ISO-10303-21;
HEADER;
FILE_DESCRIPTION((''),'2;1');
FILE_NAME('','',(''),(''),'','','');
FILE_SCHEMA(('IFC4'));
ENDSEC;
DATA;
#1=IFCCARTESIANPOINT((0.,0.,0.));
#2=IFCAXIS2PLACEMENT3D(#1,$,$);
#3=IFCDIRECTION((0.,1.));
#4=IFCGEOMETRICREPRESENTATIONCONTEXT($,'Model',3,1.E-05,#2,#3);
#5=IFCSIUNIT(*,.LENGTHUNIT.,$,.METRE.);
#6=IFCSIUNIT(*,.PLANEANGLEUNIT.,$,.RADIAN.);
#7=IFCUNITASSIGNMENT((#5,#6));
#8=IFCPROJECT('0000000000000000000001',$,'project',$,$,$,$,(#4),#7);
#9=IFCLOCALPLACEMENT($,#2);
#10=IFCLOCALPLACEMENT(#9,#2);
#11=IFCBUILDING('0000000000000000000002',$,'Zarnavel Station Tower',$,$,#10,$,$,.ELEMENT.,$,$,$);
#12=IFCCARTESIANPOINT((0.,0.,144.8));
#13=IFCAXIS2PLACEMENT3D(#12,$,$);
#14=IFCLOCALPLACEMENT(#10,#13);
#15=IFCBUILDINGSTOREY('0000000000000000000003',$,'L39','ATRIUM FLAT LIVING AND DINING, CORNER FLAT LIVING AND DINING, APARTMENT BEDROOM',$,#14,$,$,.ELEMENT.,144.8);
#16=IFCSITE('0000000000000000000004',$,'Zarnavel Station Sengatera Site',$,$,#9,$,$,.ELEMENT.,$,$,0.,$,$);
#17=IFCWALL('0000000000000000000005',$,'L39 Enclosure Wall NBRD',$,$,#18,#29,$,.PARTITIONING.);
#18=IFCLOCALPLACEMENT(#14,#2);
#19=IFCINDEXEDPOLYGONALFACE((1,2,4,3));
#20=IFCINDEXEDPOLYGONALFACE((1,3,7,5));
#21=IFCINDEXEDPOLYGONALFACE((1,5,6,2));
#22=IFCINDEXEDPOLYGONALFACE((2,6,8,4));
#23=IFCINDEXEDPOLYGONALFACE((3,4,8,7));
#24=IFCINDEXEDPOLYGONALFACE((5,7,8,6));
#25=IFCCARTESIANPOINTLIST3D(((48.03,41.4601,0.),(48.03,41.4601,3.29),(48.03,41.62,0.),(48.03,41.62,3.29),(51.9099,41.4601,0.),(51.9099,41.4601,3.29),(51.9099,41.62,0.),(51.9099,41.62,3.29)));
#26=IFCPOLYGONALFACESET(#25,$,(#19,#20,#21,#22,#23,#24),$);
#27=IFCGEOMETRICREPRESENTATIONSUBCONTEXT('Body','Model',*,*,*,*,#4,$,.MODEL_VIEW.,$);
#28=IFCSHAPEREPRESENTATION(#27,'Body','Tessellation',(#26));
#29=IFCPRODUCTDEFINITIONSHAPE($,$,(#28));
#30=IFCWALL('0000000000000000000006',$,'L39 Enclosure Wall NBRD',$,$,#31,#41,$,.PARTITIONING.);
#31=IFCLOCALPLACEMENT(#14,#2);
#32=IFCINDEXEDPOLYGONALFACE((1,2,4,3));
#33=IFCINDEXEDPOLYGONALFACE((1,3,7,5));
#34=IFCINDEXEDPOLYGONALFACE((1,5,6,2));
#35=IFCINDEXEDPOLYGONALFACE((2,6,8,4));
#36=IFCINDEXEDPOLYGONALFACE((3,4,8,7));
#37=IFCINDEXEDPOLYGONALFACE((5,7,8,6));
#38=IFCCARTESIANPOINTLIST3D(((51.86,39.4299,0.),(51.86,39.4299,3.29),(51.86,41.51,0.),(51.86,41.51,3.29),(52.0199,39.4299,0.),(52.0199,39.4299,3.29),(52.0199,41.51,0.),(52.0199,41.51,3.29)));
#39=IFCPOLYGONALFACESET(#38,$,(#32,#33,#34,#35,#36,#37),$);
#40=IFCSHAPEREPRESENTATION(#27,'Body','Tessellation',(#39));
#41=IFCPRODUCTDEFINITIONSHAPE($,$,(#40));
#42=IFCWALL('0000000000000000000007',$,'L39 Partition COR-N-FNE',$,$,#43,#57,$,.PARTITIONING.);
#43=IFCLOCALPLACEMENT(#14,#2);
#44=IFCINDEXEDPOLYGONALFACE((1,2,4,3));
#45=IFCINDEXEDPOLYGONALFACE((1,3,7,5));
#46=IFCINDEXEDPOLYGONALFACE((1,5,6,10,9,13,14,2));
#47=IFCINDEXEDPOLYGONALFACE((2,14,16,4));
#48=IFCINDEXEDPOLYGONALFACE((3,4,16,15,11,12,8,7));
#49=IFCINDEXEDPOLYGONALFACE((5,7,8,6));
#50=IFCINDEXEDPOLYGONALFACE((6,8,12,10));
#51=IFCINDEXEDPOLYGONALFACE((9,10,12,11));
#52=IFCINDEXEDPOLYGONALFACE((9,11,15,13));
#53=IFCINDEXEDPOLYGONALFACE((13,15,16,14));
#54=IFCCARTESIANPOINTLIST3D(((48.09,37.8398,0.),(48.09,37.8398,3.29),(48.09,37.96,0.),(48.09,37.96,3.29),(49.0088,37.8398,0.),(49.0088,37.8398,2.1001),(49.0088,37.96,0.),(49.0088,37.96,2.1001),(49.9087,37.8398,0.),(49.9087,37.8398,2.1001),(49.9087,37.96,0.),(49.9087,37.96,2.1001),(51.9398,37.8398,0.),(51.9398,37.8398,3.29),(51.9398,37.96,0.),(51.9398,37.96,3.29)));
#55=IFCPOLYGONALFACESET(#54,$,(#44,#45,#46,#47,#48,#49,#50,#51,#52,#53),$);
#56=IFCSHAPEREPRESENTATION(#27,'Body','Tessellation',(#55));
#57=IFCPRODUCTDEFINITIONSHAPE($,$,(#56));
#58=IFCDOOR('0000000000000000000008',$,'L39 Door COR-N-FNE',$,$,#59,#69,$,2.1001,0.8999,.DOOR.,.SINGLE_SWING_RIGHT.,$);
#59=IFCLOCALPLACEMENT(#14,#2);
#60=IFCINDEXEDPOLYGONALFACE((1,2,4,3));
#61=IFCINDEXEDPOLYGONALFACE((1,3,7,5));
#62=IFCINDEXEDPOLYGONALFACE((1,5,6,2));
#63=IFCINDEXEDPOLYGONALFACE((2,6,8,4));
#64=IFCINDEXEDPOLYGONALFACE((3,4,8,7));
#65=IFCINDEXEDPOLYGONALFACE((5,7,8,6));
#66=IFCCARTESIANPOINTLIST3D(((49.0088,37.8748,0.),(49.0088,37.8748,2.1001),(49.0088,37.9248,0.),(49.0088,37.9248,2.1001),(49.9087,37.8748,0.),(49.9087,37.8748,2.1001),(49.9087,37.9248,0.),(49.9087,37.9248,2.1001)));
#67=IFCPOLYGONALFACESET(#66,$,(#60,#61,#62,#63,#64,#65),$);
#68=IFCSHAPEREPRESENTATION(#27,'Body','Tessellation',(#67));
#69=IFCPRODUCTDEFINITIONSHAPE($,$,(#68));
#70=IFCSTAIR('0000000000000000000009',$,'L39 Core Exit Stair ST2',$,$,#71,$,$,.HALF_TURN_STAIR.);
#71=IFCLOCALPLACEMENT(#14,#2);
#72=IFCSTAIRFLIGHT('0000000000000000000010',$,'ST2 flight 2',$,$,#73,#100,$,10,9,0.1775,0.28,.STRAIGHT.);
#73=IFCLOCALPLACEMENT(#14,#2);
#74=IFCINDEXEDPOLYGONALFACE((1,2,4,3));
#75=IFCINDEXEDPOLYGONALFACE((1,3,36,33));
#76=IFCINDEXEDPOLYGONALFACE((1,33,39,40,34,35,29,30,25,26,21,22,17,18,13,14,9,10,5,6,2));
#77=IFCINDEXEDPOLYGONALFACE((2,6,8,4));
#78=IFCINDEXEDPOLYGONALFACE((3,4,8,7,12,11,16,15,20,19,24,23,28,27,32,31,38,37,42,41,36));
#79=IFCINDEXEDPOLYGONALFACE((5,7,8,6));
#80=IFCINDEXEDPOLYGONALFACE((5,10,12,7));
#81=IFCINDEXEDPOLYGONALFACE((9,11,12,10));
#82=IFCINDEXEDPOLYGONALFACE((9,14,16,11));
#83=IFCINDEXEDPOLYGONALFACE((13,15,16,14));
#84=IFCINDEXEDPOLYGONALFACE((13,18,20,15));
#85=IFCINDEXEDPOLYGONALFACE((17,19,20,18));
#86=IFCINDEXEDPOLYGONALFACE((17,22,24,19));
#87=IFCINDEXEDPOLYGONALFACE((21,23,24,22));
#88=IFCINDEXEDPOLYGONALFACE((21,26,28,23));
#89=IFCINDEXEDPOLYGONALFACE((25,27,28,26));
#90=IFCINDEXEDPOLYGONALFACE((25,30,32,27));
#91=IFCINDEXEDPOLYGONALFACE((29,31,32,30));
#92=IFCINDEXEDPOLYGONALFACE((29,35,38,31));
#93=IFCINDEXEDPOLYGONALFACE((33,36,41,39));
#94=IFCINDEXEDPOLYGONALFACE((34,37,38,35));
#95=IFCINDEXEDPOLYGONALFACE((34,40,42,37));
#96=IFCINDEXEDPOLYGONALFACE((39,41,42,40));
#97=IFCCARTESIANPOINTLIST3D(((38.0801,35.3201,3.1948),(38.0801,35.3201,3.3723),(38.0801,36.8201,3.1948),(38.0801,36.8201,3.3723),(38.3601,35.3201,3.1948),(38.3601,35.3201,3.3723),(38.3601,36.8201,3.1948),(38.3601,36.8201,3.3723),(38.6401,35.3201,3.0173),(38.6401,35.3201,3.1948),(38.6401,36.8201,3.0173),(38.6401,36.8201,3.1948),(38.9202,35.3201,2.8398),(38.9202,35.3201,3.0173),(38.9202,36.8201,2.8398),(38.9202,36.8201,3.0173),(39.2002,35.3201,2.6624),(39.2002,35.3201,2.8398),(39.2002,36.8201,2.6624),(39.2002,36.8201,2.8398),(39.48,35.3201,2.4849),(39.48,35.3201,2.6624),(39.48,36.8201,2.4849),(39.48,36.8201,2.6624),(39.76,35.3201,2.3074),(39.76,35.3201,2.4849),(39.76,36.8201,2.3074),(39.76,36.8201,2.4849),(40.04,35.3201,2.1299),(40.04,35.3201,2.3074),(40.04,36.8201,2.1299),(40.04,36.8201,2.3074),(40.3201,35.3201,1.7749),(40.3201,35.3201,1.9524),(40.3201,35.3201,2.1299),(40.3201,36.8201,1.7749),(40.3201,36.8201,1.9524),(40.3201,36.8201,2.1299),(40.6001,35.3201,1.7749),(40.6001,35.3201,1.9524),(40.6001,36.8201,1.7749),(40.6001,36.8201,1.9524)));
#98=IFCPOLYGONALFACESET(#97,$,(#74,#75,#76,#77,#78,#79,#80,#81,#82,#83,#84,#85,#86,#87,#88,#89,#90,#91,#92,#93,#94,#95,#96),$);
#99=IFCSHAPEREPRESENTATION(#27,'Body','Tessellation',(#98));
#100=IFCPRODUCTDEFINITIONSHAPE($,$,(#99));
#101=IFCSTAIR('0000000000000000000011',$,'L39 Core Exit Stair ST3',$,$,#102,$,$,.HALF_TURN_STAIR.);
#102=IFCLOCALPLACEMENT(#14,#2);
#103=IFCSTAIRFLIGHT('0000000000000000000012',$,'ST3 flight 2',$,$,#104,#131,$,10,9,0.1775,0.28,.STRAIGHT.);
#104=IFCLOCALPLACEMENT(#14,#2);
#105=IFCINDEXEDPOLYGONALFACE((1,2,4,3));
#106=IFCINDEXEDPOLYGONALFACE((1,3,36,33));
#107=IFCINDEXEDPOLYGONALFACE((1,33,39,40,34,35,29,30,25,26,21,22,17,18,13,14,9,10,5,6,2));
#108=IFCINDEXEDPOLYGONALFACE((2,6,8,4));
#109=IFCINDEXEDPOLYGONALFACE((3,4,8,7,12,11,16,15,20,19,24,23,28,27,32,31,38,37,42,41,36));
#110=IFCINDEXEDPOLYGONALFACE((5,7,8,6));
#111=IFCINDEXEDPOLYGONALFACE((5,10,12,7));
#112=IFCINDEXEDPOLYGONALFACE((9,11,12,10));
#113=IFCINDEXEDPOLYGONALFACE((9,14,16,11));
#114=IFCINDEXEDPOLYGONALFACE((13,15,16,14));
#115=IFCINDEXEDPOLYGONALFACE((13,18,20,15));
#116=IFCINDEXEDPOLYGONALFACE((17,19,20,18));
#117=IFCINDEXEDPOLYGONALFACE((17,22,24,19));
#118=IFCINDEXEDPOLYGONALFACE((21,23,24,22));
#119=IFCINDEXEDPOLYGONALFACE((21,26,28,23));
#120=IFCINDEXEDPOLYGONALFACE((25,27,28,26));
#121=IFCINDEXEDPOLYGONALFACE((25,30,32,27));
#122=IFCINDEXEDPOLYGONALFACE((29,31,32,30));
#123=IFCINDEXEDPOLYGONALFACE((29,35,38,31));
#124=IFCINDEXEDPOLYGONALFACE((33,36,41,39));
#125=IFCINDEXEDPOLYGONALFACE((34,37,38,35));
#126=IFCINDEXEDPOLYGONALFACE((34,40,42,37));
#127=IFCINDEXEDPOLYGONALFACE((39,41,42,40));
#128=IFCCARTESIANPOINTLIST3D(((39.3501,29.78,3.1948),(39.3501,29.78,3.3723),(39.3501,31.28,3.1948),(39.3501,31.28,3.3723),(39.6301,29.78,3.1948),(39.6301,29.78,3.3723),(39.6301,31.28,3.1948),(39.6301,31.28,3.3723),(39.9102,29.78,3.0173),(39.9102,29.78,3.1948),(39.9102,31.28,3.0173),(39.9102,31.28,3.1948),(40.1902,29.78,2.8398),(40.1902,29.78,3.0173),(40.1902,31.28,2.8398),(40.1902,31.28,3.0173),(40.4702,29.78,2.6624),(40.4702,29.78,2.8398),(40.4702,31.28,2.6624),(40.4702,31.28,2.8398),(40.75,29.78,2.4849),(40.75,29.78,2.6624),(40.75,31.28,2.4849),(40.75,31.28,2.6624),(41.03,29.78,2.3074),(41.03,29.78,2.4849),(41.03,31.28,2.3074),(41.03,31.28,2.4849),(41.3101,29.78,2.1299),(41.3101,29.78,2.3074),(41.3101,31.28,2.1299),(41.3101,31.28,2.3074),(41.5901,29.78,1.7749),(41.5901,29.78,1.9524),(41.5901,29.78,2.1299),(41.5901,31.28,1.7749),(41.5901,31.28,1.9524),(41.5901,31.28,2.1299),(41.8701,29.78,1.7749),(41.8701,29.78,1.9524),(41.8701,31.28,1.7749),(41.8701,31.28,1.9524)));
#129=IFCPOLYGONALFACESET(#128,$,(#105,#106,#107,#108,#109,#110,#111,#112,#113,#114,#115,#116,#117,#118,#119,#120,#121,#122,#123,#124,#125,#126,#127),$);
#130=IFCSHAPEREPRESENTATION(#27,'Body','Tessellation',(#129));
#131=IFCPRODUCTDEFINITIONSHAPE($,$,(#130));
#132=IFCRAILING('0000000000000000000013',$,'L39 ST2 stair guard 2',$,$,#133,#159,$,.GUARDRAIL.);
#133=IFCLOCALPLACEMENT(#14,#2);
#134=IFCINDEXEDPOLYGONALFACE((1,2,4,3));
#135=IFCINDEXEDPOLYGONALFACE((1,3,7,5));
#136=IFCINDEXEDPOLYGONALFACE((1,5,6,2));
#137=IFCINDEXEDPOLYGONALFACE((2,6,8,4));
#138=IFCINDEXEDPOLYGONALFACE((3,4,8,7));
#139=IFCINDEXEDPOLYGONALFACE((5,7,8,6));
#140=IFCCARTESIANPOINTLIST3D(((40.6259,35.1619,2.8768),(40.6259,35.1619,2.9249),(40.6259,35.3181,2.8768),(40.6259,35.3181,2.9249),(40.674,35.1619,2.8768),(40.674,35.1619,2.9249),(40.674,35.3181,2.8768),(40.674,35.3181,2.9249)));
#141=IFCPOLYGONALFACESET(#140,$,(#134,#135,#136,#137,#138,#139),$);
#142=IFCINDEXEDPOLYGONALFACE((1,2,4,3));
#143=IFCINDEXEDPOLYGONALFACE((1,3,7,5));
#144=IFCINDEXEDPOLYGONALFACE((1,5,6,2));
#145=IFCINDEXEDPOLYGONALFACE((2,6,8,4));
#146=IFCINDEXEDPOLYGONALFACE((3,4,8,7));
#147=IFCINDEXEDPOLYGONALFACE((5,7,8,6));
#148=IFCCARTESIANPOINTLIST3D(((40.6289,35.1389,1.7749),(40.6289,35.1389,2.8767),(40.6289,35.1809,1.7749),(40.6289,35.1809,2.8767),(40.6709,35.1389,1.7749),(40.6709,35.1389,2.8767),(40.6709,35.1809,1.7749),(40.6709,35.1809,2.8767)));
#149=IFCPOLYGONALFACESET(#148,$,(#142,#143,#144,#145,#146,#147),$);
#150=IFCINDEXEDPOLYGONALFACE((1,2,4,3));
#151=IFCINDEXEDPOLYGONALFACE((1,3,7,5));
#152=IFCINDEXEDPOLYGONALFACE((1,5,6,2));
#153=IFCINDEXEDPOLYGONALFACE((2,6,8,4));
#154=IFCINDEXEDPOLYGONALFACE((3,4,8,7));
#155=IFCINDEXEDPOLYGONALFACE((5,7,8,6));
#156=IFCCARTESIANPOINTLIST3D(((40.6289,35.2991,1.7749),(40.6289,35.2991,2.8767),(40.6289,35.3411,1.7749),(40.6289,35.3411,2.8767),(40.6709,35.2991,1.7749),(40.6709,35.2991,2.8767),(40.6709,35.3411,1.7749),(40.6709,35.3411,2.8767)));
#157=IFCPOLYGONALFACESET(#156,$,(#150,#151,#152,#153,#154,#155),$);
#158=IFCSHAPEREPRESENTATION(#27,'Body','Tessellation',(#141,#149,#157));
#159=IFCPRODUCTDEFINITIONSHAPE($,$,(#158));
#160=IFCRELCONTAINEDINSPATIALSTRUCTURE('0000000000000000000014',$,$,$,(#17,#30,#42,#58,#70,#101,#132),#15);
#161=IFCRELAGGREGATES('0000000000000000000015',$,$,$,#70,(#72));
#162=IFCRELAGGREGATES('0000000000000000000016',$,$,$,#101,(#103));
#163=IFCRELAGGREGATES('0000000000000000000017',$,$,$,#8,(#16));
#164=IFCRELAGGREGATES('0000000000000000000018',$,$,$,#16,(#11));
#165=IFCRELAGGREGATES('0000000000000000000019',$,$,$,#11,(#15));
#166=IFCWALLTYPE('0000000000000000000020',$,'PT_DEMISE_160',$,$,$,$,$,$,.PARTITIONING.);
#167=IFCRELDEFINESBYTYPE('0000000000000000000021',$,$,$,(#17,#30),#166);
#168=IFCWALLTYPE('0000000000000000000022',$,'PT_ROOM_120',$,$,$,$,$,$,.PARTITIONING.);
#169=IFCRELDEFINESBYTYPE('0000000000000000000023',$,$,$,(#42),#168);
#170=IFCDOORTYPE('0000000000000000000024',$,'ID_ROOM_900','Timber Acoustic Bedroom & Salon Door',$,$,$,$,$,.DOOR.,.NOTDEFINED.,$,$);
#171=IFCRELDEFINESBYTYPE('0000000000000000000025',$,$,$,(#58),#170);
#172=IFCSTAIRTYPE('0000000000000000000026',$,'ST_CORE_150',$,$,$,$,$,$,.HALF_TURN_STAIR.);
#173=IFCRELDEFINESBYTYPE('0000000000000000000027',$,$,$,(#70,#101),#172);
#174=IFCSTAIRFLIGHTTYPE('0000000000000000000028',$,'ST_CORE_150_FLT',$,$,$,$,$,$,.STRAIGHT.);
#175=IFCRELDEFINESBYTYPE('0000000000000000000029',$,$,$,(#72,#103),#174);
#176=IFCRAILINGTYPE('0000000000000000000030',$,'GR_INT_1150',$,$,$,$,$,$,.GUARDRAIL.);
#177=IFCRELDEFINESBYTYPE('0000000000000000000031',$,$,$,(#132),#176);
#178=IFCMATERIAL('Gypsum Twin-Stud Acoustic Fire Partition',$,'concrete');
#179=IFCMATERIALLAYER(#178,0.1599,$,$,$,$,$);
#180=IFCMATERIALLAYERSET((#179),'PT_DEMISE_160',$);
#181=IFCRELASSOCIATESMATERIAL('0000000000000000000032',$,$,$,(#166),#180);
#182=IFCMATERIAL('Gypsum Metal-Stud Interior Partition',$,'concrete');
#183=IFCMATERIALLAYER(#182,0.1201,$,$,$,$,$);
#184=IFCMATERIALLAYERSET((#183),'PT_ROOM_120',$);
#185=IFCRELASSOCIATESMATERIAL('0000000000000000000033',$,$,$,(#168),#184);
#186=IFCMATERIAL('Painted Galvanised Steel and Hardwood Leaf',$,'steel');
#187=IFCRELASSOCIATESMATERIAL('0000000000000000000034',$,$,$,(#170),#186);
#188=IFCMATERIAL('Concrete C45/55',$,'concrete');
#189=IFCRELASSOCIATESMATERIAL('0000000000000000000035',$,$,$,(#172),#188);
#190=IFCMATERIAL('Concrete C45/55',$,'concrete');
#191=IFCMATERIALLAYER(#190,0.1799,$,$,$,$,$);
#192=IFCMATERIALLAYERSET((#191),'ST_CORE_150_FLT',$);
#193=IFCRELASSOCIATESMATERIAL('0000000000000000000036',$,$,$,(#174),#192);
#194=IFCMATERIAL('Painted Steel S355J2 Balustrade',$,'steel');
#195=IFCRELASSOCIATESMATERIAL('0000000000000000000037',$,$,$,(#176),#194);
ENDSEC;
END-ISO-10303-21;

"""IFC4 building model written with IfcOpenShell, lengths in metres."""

from ifc_helpers import new_model, si_unit, direction, frame, frame_2d, origin, origin_2d, place, context, subcontext, project, spatial, polyline, rectangle, outline, extrude, material, layer, layer_set, type_object, element, fill, aggregate, save


model = new_model("IFC4")

# Units and contexts
model_context = context("Model", 3, precision=1e-05, world=origin(), true_north=direction((0.0, 1.0)))
body_context = subcontext(model_context, "Body", "Model", "MODEL_VIEW")
ifc_project = project(units=[si_unit("LENGTHUNIT", "METRE"), si_unit("PLANEANGLEUNIT", "RADIAN")], contexts=[model_context])

# Site, building, storey
site_placement = place(None, origin())
site = spatial("IfcSite", under=ifc_project, at=site_placement, Name="Zarnavel Station Sengatera Site", CompositionType="ELEMENT", RefElevation=0.0)
building_placement = place(site_placement, origin())
building = spatial("IfcBuilding", under=site, at=building_placement, Name="Zarnavel Station Tower", CompositionType="ELEMENT")
storey_placement = place(building_placement, frame((0.0, 0.0, 144.8)))
storey = spatial("IfcBuildingStorey", under=building, at=storey_placement, Name="L39", Description="ATRIUM FLAT LIVING AND DINING, CORNER FLAT LIVING AND DINING, APARTMENT BEDROOM", CompositionType="ELEMENT", Elevation=144.8)

# Walls
ifc_material_1 = material(Name="Gypsum Twin-Stud Acoustic Fire Partition", Category="concrete")
ifc_layer_1 = layer(ifc_material_1, 0.1599)
ifc_layer_set_1 = layer_set([ifc_layer_1], Name="PT_DEMISE_160")
wall_type_1 = type_object("IfcWallType", Name="PT_DEMISE_160", PredefinedType="PARTITIONING", material=ifc_layer_set_1)
wall_1_placement = place(storey_placement, frame((48.03, 41.54, 0.0), z_axis=(0.0, 0.0, 1.0), x_axis=(1.0, 0.0, 0.0)))
element("IfcWall", 1, at=wall_1_placement, inside=storey, type_object=wall_type_1, Name="L39 Enclosure Wall NBRD", PredefinedType="PARTITIONING", context=body_context, shape_type="SweptSolid", body=[
    extrude(rectangle(XDim=3.8799, YDim=0.1599, at=frame_2d((1.9399, 0.0))), origin(), (0.0, 0.0, 1.0), 3.29),
])
wall_2_placement = place(storey_placement, frame((51.9399, 39.4299, 0.0), z_axis=(0.0, 0.0, 1.0), x_axis=(0.0, 1.0, 0.0)))
element("IfcWall", 2, at=wall_2_placement, inside=storey, type_object=wall_type_1, Name="L39 Enclosure Wall NBRD", PredefinedType="PARTITIONING", context=body_context, shape_type="SweptSolid", body=[
    extrude(rectangle(XDim=2.0801, YDim=0.1599, at=frame_2d((1.04, 0.0))), origin(), (0.0, 0.0, 1.0), 3.29),
])

# Wall, opening, door
ifc_material_2 = material(Name="Gypsum Metal-Stud Interior Partition", Category="concrete")
ifc_layer_2 = layer(ifc_material_2, 0.1201)
ifc_layer_set_2 = layer_set([ifc_layer_2], Name="PT_ROOM_120")
wall_type_2 = type_object("IfcWallType", Name="PT_ROOM_120", PredefinedType="PARTITIONING", material=ifc_layer_set_2)
wall_3_placement = place(storey_placement, frame((48.0901, 37.8999, 0.0), z_axis=(0.0, 0.0, 1.0), x_axis=(1.0, 0.0, 0.0)))
wall_3 = element("IfcWall", 3, at=wall_3_placement, inside=storey, type_object=wall_type_2, Name="L39 Partition COR-N-FNE", PredefinedType="PARTITIONING", context=body_context, shape_type="SweptSolid", body=[
    extrude(rectangle(XDim=3.8499, YDim=0.1201, at=frame_2d((1.9248, 0.0))), origin(), (0.0, 0.0, 1.0), 3.29),
])
opening_1_placement = place(wall_3_placement, frame((0.9187, 0.0, 0.0)))
opening_1 = element("IfcOpeningElement", 4, at=opening_1_placement, cuts=wall_3, PredefinedType="OPENING", context=body_context, shape_type="SweptSolid", body=[
    extrude(rectangle(XDim=0.8999, YDim=2.1001, at=frame_2d((0.45, 1.05))), frame((0.0, 0.0701, 0.0), z_axis=(0.0, -1.0, 0.0), x_axis=(1.0, 0.0, 0.0)), (0.0, 0.0, 1.0), 0.1401),
])
ifc_material_3 = material(Name="Painted Galvanised Steel and Hardwood Leaf", Category="steel")
door_type_1 = type_object("IfcDoorType", Name="ID_ROOM_900", Description="Timber Acoustic Bedroom & Salon Door", OperationType="NOTDEFINED", PredefinedType="DOOR", material=ifc_material_3)
door_1_placement = place(opening_1_placement, origin())
door_1 = element("IfcDoor", 5, at=door_1_placement, inside=storey, type_object=door_type_1, Name="L39 Door COR-N-FNE", OperationType="SINGLE_SWING_RIGHT", OverallHeight=2.1001, OverallWidth=0.8999, PredefinedType="DOOR", context=body_context, shape_type="SweptSolid", body=[
    extrude(rectangle(XDim=0.8999, YDim=2.1001, at=frame_2d((0.45, 1.05))), frame((0.0, 0.0249, 0.0), z_axis=(0.0, -1.0, 0.0), x_axis=(1.0, 0.0, 0.0)), (0.0, 0.0, 1.0), 0.05),
])
fill(opening_1, door_1)

# Stairs, stair flights
ifc_material_4 = material(Name="Concrete C45/55", Category="concrete")
stair_type = type_object("IfcStairType", Name="ST_CORE_150", PredefinedType="HALF_TURN_STAIR", material=ifc_material_4)
stair_1_placement = place(storey_placement, origin())
stair_1 = element("IfcStair", 6, at=stair_1_placement, inside=storey, type_object=stair_type, Name="L39 Core Exit Stair ST2", PredefinedType="HALF_TURN_STAIR")
ifc_material_5 = material(Name="Concrete C45/55", Category="concrete")
ifc_layer_3 = layer(ifc_material_5, 0.1799)
ifc_layer_set_3 = layer_set([ifc_layer_3], Name="ST_CORE_150_FLT")
stair_flight_type = type_object("IfcStairFlightType", Name="ST_CORE_150_FLT", PredefinedType="STRAIGHT", material=ifc_layer_set_3)
stair_flight_1_placement = place(storey_placement, frame((40.6001, 36.0701, 1.7749), z_axis=(0.0, 0.0, 1.0), x_axis=(-1.0, 0.0, 0.0)))
stair_flight_1 = element("IfcStairFlight", 7, at=stair_flight_1_placement, type_object=stair_flight_type, Name="ST2 flight 2", NumberOfRisers=10, NumberOfTreads=9, PredefinedType="STRAIGHT", RiserHeight=0.1775, TreadLength=0.28, context=body_context, shape_type="SweptSolid", body=[
    extrude(outline(polyline([(0.0, 0.0), (0.0, 0.1775), (0.28, 0.1775), (0.28, 0.355), (0.5601, 0.355), (0.5601, 0.5325), (0.8401, 0.5325), (0.8401, 0.71), (1.1201, 0.71), (1.1201, 0.8875), (1.3999, 0.8875), (1.3999, 1.0649), (1.6799, 1.0649), (1.6799, 1.2424), (1.96, 1.2424), (1.96, 1.4199), (2.24, 1.4199), (2.24, 1.5974), (2.52, 1.5974), (2.52, 1.7749), (2.52, 1.4199), (0.28, 0.0), (0.0, 0.0)])), frame((0.0, 0.75, 0.0), z_axis=(0.0, -1.0, 0.0), x_axis=(1.0, 0.0, 0.0)), (0.0, 0.0, 1.0), 1.5),
])
aggregate(stair_1, [stair_flight_1])
stair_2_placement = place(storey_placement, origin())
stair_2 = element("IfcStair", 8, at=stair_2_placement, inside=storey, type_object=stair_type, Name="L39 Core Exit Stair ST3", PredefinedType="HALF_TURN_STAIR")
stair_flight_2_placement = place(storey_placement, frame((41.8701, 30.53, 1.7749), z_axis=(0.0, 0.0, 1.0), x_axis=(-1.0, 0.0, 0.0)))
stair_flight_2 = element("IfcStairFlight", 9, at=stair_flight_2_placement, type_object=stair_flight_type, Name="ST3 flight 2", NumberOfRisers=10, NumberOfTreads=9, PredefinedType="STRAIGHT", RiserHeight=0.1775, TreadLength=0.28, context=body_context, shape_type="SweptSolid", body=[
    extrude(outline(polyline([(0.0, 0.0), (0.0, 0.1775), (0.28, 0.1775), (0.28, 0.355), (0.5601, 0.355), (0.5601, 0.5325), (0.8401, 0.5325), (0.8401, 0.71), (1.1201, 0.71), (1.1201, 0.8875), (1.3999, 0.8875), (1.3999, 1.0649), (1.6799, 1.0649), (1.6799, 1.2424), (1.96, 1.2424), (1.96, 1.4199), (2.24, 1.4199), (2.24, 1.5974), (2.52, 1.5974), (2.52, 1.7749), (2.52, 1.4199), (0.28, 0.0), (0.0, 0.0)])), frame((0.0, 0.75, 0.0), z_axis=(0.0, -1.0, 0.0), x_axis=(1.0, 0.0, 0.0)), (0.0, 0.0, 1.0), 1.5),
])
aggregate(stair_2, [stair_flight_2])

# Railing
ifc_material_6 = material(Name="Painted Steel S355J2 Balustrade", Category="steel")
railing_type_1 = type_object("IfcRailingType", Name="GR_INT_1150", PredefinedType="GUARDRAIL", material=ifc_material_6)
railing_1_placement = place(storey_placement, frame((40.6499, 35.1599, 1.7749)))
element("IfcRailing", 10, at=railing_1_placement, inside=storey, type_object=railing_type_1, Name="L39 ST2 stair guard 2", PredefinedType="GUARDRAIL", context=body_context, shape_type="SweptSolid", body=[
    extrude(rectangle(XDim=0.0481, YDim=0.0481, at=origin_2d()), frame((0.0, 0.002, 1.126), z_axis=(0.0, 1.0, 0.0), x_axis=(-1.0, 0.0, 0.0)), (0.0, 0.0, 1.0), 0.1562),
    extrude(rectangle(XDim=0.042, YDim=0.042, at=origin_2d()), origin(), (0.0, 0.0, 1.0), 1.1018),
    extrude(rectangle(XDim=0.042, YDim=0.042, at=origin_2d()), frame((0.0, 0.1602, 0.0)), (0.0, 0.0, 1.0), 1.1018),
])

save(model, "model.ifc")
